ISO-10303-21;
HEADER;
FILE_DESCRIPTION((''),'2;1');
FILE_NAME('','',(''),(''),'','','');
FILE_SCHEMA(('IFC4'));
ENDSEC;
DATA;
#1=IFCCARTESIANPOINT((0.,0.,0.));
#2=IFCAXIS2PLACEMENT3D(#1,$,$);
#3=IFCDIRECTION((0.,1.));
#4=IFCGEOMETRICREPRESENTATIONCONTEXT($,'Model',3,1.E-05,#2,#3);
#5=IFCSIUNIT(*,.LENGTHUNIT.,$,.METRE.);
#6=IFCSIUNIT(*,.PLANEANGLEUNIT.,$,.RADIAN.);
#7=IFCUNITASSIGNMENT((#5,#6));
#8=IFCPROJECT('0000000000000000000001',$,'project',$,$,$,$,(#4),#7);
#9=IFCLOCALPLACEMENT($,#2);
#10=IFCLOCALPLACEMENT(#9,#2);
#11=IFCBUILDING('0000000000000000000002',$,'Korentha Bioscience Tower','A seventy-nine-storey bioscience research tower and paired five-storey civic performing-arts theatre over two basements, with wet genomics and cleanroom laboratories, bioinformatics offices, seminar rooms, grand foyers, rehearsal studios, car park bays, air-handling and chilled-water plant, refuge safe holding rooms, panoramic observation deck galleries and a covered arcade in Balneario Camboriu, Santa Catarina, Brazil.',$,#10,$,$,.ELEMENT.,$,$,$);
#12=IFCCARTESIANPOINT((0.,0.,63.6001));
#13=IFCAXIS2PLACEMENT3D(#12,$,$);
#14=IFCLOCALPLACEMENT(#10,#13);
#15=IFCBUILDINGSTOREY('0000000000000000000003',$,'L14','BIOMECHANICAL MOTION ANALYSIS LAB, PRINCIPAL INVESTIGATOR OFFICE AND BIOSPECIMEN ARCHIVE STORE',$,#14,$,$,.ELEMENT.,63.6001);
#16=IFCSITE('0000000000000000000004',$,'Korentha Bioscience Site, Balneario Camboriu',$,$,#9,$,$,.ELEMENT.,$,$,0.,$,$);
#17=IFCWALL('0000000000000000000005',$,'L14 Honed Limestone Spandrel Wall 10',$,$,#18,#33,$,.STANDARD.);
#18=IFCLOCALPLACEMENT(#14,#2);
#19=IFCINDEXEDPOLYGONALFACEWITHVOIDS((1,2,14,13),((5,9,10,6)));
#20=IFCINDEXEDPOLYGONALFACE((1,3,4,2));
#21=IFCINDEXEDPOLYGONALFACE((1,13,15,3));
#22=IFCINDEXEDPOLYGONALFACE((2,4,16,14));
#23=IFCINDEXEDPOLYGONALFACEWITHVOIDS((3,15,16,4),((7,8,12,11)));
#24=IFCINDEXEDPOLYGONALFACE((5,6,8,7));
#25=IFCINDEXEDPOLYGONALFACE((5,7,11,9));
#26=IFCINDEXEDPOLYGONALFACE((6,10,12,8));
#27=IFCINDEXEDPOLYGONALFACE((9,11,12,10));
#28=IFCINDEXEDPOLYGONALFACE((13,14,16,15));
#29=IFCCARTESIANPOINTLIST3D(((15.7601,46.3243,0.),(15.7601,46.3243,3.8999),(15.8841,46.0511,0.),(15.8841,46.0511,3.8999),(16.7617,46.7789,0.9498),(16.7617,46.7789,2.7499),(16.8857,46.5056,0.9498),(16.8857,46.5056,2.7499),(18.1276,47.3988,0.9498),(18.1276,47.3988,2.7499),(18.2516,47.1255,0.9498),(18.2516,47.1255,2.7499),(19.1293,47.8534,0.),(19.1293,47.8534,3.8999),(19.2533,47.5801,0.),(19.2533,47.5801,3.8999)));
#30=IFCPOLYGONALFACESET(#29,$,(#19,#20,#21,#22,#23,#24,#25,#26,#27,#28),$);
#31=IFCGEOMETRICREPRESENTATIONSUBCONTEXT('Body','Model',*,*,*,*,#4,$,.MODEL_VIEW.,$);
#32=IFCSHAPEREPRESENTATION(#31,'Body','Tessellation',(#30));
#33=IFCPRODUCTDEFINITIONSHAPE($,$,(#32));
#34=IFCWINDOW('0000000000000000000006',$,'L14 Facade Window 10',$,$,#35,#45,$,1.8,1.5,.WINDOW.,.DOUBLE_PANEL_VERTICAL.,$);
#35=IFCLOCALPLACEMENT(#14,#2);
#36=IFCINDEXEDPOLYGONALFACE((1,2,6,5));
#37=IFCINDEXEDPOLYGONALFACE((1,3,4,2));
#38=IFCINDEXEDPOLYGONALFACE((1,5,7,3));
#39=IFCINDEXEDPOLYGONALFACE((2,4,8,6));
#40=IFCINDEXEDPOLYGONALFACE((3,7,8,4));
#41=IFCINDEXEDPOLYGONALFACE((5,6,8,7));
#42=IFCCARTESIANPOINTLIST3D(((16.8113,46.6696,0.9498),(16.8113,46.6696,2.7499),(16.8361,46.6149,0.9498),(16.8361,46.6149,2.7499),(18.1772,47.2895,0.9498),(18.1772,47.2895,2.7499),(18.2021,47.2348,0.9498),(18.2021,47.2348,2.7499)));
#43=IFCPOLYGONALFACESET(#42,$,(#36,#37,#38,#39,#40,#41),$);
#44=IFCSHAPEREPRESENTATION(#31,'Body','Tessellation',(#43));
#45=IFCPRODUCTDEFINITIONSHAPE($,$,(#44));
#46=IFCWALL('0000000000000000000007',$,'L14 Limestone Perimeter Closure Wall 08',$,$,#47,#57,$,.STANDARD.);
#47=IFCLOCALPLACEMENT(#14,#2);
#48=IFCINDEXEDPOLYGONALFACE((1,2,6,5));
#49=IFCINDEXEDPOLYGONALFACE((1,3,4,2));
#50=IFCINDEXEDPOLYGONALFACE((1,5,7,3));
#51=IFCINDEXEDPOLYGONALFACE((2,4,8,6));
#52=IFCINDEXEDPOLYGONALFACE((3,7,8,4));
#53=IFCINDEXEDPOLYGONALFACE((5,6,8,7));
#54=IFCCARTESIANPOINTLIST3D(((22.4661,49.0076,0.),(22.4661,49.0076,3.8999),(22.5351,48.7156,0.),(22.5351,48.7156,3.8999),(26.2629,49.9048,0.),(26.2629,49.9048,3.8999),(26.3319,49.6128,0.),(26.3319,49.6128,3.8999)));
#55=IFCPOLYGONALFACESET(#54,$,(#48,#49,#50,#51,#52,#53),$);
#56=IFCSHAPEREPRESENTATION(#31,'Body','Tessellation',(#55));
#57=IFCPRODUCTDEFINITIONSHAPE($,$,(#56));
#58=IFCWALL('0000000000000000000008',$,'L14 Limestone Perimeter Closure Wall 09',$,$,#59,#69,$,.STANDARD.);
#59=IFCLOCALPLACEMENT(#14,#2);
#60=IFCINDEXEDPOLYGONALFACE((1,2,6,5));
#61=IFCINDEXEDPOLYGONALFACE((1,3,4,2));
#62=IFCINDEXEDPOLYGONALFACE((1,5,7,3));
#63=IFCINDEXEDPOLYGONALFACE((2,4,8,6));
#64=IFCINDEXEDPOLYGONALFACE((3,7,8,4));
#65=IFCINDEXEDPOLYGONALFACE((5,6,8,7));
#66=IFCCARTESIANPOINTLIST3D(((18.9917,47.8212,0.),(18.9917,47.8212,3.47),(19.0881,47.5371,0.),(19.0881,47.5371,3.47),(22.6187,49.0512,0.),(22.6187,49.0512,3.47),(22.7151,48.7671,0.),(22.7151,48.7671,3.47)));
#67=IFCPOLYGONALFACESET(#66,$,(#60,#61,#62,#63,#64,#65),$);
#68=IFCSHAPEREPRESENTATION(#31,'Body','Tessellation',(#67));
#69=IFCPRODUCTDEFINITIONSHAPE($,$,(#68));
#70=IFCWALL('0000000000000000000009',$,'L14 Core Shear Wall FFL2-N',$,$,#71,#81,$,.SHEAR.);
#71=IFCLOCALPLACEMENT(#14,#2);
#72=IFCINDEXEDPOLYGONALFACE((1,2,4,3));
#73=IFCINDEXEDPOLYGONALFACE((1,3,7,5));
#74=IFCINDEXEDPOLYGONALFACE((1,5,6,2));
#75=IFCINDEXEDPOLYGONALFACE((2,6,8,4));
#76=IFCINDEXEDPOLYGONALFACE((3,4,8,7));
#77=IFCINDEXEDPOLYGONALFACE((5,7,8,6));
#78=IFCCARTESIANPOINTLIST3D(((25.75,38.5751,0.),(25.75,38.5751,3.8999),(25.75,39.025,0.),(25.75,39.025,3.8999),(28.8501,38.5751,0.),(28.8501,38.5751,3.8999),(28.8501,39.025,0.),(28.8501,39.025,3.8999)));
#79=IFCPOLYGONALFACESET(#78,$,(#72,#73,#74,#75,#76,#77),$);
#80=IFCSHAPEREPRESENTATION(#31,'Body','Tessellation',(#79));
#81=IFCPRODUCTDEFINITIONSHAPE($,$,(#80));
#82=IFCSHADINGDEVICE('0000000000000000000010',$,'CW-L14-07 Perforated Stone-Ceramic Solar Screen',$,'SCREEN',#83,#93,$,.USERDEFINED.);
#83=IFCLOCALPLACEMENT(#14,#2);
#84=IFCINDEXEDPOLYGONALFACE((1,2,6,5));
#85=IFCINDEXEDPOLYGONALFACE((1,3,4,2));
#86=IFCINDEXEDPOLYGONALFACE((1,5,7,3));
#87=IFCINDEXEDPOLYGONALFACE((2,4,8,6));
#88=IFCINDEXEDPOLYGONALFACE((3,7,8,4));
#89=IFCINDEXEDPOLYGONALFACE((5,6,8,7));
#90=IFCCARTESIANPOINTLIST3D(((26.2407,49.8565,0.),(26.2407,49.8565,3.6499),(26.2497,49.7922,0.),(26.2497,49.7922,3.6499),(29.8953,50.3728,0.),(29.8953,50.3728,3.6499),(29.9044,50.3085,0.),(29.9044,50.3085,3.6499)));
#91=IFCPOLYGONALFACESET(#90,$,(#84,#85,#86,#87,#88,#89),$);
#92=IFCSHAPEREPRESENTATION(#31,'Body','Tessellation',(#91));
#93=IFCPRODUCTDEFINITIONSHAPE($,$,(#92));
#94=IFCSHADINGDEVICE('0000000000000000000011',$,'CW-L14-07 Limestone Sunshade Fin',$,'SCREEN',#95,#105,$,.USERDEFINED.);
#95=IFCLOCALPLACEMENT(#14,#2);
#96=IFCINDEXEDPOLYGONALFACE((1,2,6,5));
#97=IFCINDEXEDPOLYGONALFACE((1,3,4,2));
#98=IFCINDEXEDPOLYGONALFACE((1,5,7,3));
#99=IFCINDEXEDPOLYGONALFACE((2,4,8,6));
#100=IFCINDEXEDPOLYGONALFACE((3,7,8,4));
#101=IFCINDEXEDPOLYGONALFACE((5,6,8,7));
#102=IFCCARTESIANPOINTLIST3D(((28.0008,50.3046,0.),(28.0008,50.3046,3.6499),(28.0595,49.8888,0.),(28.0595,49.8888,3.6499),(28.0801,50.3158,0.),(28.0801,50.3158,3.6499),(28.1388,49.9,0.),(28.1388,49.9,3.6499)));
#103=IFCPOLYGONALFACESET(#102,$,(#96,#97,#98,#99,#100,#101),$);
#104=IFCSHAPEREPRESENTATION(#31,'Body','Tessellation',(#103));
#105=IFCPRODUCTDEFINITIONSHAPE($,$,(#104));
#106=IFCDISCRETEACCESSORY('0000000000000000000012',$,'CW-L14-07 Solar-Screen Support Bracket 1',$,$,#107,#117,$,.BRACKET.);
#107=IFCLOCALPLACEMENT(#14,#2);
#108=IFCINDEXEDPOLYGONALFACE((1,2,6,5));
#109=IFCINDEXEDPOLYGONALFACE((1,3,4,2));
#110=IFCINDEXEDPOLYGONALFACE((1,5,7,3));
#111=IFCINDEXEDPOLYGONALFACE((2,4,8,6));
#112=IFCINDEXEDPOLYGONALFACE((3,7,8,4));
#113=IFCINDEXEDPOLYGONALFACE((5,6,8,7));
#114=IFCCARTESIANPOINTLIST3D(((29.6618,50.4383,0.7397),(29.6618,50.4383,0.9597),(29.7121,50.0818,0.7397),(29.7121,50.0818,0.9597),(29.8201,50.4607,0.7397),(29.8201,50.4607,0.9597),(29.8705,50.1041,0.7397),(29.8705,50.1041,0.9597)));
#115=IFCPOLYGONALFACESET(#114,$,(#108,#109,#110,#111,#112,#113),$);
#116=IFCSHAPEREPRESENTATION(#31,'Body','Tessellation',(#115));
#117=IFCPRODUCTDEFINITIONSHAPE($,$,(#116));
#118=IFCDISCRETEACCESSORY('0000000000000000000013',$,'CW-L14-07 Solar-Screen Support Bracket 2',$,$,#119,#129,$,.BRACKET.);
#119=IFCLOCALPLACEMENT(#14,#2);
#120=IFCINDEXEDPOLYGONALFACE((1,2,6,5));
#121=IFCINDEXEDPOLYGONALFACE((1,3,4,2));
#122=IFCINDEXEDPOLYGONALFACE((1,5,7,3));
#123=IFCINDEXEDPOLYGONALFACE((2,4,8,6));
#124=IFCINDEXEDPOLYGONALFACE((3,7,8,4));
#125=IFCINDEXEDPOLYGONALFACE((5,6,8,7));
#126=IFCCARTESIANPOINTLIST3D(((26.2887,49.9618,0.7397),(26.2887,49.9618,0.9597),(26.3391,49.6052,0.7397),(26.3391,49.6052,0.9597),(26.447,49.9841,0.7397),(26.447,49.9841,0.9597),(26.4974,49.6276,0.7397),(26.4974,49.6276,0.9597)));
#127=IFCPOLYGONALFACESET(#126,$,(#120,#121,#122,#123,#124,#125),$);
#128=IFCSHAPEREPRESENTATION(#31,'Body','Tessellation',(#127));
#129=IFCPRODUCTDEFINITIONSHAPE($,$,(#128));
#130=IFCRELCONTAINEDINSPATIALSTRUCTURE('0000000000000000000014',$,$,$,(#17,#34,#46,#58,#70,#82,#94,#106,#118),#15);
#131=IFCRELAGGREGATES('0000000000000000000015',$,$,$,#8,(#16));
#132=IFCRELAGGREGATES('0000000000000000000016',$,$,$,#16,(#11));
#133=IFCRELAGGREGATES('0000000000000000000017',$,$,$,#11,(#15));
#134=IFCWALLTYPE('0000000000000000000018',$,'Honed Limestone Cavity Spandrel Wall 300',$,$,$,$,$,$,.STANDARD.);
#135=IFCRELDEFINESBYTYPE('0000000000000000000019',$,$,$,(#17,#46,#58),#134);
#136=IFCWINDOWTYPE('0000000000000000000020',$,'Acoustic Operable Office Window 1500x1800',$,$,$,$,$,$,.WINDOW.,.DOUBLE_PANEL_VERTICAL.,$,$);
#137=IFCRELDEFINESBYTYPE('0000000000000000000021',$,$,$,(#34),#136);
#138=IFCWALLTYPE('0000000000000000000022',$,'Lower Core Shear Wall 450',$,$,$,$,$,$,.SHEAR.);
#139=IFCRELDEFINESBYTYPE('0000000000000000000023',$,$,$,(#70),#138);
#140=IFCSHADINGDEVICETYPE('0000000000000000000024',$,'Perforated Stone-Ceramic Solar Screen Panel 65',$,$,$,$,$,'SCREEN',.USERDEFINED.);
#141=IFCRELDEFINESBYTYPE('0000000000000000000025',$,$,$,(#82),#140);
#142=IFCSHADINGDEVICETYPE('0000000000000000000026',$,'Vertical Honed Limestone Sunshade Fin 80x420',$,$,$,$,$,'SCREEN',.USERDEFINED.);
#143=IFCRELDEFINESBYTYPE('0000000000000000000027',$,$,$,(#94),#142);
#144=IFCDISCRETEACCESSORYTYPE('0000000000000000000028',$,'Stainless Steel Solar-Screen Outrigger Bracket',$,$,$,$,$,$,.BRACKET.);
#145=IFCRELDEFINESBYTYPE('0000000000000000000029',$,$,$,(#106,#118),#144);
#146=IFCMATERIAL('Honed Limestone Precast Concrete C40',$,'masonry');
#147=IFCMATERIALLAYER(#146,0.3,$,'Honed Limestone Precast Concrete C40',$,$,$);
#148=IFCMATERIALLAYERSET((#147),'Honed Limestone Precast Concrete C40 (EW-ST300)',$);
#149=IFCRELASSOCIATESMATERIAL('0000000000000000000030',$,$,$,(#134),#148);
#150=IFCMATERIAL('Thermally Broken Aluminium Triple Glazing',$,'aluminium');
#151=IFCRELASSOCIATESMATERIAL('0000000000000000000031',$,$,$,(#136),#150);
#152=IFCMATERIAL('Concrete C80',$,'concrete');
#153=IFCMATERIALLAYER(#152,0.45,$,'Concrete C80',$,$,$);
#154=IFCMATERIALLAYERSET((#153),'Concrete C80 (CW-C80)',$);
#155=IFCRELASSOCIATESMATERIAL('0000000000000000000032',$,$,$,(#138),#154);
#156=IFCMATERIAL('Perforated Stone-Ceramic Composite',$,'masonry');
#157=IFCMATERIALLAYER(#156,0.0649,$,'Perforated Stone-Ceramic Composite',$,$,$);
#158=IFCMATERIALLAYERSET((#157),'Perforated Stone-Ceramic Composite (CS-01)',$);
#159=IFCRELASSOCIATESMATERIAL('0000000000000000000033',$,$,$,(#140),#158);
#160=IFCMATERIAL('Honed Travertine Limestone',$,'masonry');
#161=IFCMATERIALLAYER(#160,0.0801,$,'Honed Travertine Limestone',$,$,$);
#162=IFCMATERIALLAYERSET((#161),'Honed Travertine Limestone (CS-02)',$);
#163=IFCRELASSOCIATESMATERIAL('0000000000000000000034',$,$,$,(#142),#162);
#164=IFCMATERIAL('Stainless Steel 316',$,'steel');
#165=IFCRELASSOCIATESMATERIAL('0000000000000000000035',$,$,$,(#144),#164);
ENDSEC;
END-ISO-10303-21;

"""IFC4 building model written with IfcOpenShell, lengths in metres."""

from ifc_helpers import new_model, si_unit, direction, frame, frame_2d, origin, origin_2d, place, context, subcontext, project, spatial, rectangle, extrude, material, layer, layer_set, type_object, element, fill, save


model = new_model("IFC4")

# Units and contexts
model_context = context("Model", 3, precision=1e-05, world=origin(), true_north=direction((0.0, 1.0)))
body_context = subcontext(model_context, "Body", "Model", "MODEL_VIEW")
ifc_project = project(units=[si_unit("LENGTHUNIT", "METRE"), si_unit("PLANEANGLEUNIT", "RADIAN")], contexts=[model_context])

# Site, building, storey
site_placement = place(None, origin())
site = spatial("IfcSite", under=ifc_project, at=site_placement, Name="Korentha Bioscience Site, Balneario Camboriu", CompositionType="ELEMENT", RefElevation=0.0)
building_placement = place(site_placement, origin())
building = spatial("IfcBuilding", under=site, at=building_placement, Name="Korentha Bioscience Tower", Description="A seventy-nine-storey bioscience research tower and paired five-storey civic performing-arts theatre over two basements, with wet genomics and cleanroom laboratories, bioinformatics offices, seminar rooms, grand foyers, rehearsal studios, car park bays, air-handling and chilled-water plant, refuge safe holding rooms, panoramic observation deck galleries and a covered arcade in Balneario Camboriu, Santa Catarina, Brazil.", CompositionType="ELEMENT")
storey_placement = place(building_placement, frame((0.0, 0.0, 63.6001)))
storey = spatial("IfcBuildingStorey", under=building, at=storey_placement, Name="L14", Description="BIOMECHANICAL MOTION ANALYSIS LAB, PRINCIPAL INVESTIGATOR OFFICE AND BIOSPECIMEN ARCHIVE STORE", CompositionType="ELEMENT", Elevation=63.6001)

# Shared definitions
ifc_material_1 = material(Name="Concrete C80", Category="concrete")

# Wall, opening, window
ifc_material_2 = material(Name="Honed Limestone Precast Concrete C40", Category="masonry")
ifc_layer_1 = layer(ifc_material_2, 0.3, Name="Honed Limestone Precast Concrete C40")
ifc_layer_set_1 = layer_set([ifc_layer_1], Name="Honed Limestone Precast Concrete C40 (EW-ST300)")
wall_type_1 = type_object("IfcWallType", Name="Honed Limestone Cavity Spandrel Wall 300", PredefinedType="STANDARD", material=ifc_layer_set_1)
wall_1_placement = place(storey_placement, frame((19.1914, 47.7168, 0.0), z_axis=(0.0, 0.0, 1.0), x_axis=(-0.910608, -0.413271, 0.0)))
wall_1 = element("IfcWall", 1, at=wall_1_placement, inside=storey, type_object=wall_type_1, Name="L14 Honed Limestone Spandrel Wall 10", PredefinedType="STANDARD", context=body_context, shape_type="SweptSolid", body=[
    extrude(rectangle(XDim=3.7, YDim=0.3, at=frame_2d((1.8501, 0.0))), origin(), (0.0, 0.0, 1.0), 3.8999),
])
opening_1_placement = place(wall_1_placement, frame((1.1001, 0.0, 0.95)))
opening_1 = element("IfcOpeningElement", 2, at=opening_1_placement, cuts=wall_1, PredefinedType="OPENING", context=body_context, shape_type="SweptSolid", body=[
    extrude(rectangle(XDim=1.5, YDim=1.8, at=frame_2d((0.75, 0.8999))), frame((0.0, 0.165, 0.0), z_axis=(0.0, -1.0, 0.0), x_axis=(1.0, 0.0, 0.0)), (0.0, 0.0, 1.0), 0.3298),
])
ifc_material_3 = material(Name="Thermally Broken Aluminium Triple Glazing", Category="aluminium")
window_type = type_object("IfcWindowType", Name="Acoustic Operable Office Window 1500x1800", PartitioningType="DOUBLE_PANEL_VERTICAL", PredefinedType="WINDOW", material=ifc_material_3)
window_placement = place(opening_1_placement, origin())
window = element("IfcWindow", 3, at=window_placement, inside=storey, type_object=window_type, Name="L14 Facade Window 10", OverallHeight=1.8, OverallWidth=1.5, PartitioningType="DOUBLE_PANEL_VERTICAL", PredefinedType="WINDOW", context=body_context, shape_type="SweptSolid", body=[
    extrude(rectangle(XDim=1.5, YDim=1.8, at=frame_2d((0.75, 0.8999))), frame((0.0, 0.03, 0.0), z_axis=(0.0, -1.0, 0.0), x_axis=(1.0, 0.0, 0.0)), (0.0, 0.0, 1.0), 0.0601),
])
fill(opening_1, window)

# Walls
wall_2_placement = place(storey_placement, frame((26.2974, 49.7588, 0.0), z_axis=(0.0, 0.0, 1.0), x_axis=(-0.973198, -0.22997, 0.0)))
element("IfcWall", 4, at=wall_2_placement, inside=storey, type_object=wall_type_1, Name="L14 Limestone Perimeter Closure Wall 08", PredefinedType="STANDARD", context=body_context, shape_type="SweptSolid", body=[
    extrude(rectangle(XDim=3.9014, YDim=0.3, at=frame_2d((1.9507, 0.0))), origin(), (0.0, 0.0, 1.0), 3.8999),
])
wall_3_placement = place(storey_placement, frame((22.667, 48.9092, 0.0), z_axis=(0.0, 0.0, 1.0), x_axis=(-0.947026, -0.321158, 0.0)))
element("IfcWall", 5, at=wall_3_placement, inside=storey, type_object=wall_type_1, Name="L14 Limestone Perimeter Closure Wall 09", PredefinedType="STANDARD", context=body_context, shape_type="SweptSolid", body=[
    extrude(rectangle(XDim=3.8298, YDim=0.3, at=frame_2d((1.915, 0.0))), origin(), (0.0, 0.0, 1.0), 3.47),
])
ifc_layer_2 = layer(ifc_material_1, 0.45, Name="Concrete C80")
ifc_layer_set_2 = layer_set([ifc_layer_2], Name="Concrete C80 (CW-C80)")
wall_type_2 = type_object("IfcWallType", Name="Lower Core Shear Wall 450", PredefinedType="SHEAR", material=ifc_layer_set_2)
wall_4_placement = place(storey_placement, frame((25.75, 38.8, 0.0), z_axis=(0.0, 0.0, 1.0), x_axis=(1.0, 0.0, 0.0)))
element("IfcWall", 6, at=wall_4_placement, inside=storey, type_object=wall_type_2, Name="L14 Core Shear Wall FFL2-N", PredefinedType="SHEAR", context=body_context, shape_type="SweptSolid", body=[
    extrude(rectangle(XDim=3.1001, YDim=0.45, at=frame_2d((1.55, 0.0))), origin(), (0.0, 0.0, 1.0), 3.8999),
])

# Shading devices
ifc_material_4 = material(Name="Perforated Stone-Ceramic Composite", Category="masonry")
ifc_layer_3 = layer(ifc_material_4, 0.0649, Name="Perforated Stone-Ceramic Composite")
ifc_layer_set_3 = layer_set([ifc_layer_3], Name="Perforated Stone-Ceramic Composite (CS-01)")
shading_device_type_1 = type_object("IfcShadingDeviceType", Name="Perforated Stone-Ceramic Solar Screen Panel 65", ElementType="SCREEN", PredefinedType="USERDEFINED", material=ifc_layer_set_3)
shading_device_1_placement = place(storey_placement, frame((28.0725, 50.0825, 0.0), z_axis=(0.0, 0.0, 1.0), x_axis=(-0.990167, -0.139888, 0.0)))
element("IfcShadingDevice", 7, at=shading_device_1_placement, inside=storey, type_object=shading_device_type_1, Name="CW-L14-07 Perforated Stone-Ceramic Solar Screen", ObjectType="SCREEN", PredefinedType="USERDEFINED", context=body_context, shape_type="SweptSolid", body=[
    extrude(rectangle(XDim=3.6909, YDim=0.0649, at=origin_2d()), origin(), (0.0, 0.0, 1.0), 3.6499),
])
ifc_material_5 = material(Name="Honed Travertine Limestone", Category="masonry")
ifc_layer_4 = layer(ifc_material_5, 0.0801, Name="Honed Travertine Limestone")
ifc_layer_set_4 = layer_set([ifc_layer_4], Name="Honed Travertine Limestone (CS-02)")
shading_device_type_2 = type_object("IfcShadingDeviceType", Name="Vertical Honed Limestone Sunshade Fin 80x420", ElementType="SCREEN", PredefinedType="USERDEFINED", material=ifc_layer_set_4)
shading_device_2_placement = place(storey_placement, frame((28.0698, 50.1023, 0.0), z_axis=(0.0, 0.0, 1.0), x_axis=(-0.990167, -0.139888, 0.0)))
element("IfcShadingDevice", 8, at=shading_device_2_placement, inside=storey, type_object=shading_device_type_2, Name="CW-L14-07 Limestone Sunshade Fin", ObjectType="SCREEN", PredefinedType="USERDEFINED", context=body_context, shape_type="SweptSolid", body=[
    extrude(rectangle(XDim=0.0801, YDim=0.4199, at=origin_2d()), origin(), (0.0, 0.0, 1.0), 3.6499),
])

# Discrete accessories
ifc_material_6 = material(Name="Stainless Steel 316", Category="steel")
discrete_accessory_type = type_object("IfcDiscreteAccessoryType", Name="Stainless Steel Solar-Screen Outrigger Bracket", PredefinedType="BRACKET", material=ifc_material_6)
for number, where, z_axis, x_axis, name in (
    (9, (29.7661, 50.2712, 0.7397), (0.0, 0.0, 1.0), (-0.990167, -0.139888, 0.0), "CW-L14-07 Solar-Screen Support Bracket 1"),
    (10, (26.3931, 49.7947, 0.7397), (0.0, 0.0, 1.0), (-0.990167, -0.139888, 0.0), "CW-L14-07 Solar-Screen Support Bracket 2"),
):
    element("IfcDiscreteAccessory", number, at=place(storey_placement, frame(where, z_axis=z_axis, x_axis=x_axis)), inside=storey, type_object=discrete_accessory_type, Name=name, PredefinedType="BRACKET", context=body_context, shape_type="SweptSolid", body=[
        extrude(rectangle(XDim=0.1599, YDim=0.3601, at=origin_2d()), origin(), (0.0, 0.0, 1.0), 0.22),
    ])

save(model, "model.ifc")
